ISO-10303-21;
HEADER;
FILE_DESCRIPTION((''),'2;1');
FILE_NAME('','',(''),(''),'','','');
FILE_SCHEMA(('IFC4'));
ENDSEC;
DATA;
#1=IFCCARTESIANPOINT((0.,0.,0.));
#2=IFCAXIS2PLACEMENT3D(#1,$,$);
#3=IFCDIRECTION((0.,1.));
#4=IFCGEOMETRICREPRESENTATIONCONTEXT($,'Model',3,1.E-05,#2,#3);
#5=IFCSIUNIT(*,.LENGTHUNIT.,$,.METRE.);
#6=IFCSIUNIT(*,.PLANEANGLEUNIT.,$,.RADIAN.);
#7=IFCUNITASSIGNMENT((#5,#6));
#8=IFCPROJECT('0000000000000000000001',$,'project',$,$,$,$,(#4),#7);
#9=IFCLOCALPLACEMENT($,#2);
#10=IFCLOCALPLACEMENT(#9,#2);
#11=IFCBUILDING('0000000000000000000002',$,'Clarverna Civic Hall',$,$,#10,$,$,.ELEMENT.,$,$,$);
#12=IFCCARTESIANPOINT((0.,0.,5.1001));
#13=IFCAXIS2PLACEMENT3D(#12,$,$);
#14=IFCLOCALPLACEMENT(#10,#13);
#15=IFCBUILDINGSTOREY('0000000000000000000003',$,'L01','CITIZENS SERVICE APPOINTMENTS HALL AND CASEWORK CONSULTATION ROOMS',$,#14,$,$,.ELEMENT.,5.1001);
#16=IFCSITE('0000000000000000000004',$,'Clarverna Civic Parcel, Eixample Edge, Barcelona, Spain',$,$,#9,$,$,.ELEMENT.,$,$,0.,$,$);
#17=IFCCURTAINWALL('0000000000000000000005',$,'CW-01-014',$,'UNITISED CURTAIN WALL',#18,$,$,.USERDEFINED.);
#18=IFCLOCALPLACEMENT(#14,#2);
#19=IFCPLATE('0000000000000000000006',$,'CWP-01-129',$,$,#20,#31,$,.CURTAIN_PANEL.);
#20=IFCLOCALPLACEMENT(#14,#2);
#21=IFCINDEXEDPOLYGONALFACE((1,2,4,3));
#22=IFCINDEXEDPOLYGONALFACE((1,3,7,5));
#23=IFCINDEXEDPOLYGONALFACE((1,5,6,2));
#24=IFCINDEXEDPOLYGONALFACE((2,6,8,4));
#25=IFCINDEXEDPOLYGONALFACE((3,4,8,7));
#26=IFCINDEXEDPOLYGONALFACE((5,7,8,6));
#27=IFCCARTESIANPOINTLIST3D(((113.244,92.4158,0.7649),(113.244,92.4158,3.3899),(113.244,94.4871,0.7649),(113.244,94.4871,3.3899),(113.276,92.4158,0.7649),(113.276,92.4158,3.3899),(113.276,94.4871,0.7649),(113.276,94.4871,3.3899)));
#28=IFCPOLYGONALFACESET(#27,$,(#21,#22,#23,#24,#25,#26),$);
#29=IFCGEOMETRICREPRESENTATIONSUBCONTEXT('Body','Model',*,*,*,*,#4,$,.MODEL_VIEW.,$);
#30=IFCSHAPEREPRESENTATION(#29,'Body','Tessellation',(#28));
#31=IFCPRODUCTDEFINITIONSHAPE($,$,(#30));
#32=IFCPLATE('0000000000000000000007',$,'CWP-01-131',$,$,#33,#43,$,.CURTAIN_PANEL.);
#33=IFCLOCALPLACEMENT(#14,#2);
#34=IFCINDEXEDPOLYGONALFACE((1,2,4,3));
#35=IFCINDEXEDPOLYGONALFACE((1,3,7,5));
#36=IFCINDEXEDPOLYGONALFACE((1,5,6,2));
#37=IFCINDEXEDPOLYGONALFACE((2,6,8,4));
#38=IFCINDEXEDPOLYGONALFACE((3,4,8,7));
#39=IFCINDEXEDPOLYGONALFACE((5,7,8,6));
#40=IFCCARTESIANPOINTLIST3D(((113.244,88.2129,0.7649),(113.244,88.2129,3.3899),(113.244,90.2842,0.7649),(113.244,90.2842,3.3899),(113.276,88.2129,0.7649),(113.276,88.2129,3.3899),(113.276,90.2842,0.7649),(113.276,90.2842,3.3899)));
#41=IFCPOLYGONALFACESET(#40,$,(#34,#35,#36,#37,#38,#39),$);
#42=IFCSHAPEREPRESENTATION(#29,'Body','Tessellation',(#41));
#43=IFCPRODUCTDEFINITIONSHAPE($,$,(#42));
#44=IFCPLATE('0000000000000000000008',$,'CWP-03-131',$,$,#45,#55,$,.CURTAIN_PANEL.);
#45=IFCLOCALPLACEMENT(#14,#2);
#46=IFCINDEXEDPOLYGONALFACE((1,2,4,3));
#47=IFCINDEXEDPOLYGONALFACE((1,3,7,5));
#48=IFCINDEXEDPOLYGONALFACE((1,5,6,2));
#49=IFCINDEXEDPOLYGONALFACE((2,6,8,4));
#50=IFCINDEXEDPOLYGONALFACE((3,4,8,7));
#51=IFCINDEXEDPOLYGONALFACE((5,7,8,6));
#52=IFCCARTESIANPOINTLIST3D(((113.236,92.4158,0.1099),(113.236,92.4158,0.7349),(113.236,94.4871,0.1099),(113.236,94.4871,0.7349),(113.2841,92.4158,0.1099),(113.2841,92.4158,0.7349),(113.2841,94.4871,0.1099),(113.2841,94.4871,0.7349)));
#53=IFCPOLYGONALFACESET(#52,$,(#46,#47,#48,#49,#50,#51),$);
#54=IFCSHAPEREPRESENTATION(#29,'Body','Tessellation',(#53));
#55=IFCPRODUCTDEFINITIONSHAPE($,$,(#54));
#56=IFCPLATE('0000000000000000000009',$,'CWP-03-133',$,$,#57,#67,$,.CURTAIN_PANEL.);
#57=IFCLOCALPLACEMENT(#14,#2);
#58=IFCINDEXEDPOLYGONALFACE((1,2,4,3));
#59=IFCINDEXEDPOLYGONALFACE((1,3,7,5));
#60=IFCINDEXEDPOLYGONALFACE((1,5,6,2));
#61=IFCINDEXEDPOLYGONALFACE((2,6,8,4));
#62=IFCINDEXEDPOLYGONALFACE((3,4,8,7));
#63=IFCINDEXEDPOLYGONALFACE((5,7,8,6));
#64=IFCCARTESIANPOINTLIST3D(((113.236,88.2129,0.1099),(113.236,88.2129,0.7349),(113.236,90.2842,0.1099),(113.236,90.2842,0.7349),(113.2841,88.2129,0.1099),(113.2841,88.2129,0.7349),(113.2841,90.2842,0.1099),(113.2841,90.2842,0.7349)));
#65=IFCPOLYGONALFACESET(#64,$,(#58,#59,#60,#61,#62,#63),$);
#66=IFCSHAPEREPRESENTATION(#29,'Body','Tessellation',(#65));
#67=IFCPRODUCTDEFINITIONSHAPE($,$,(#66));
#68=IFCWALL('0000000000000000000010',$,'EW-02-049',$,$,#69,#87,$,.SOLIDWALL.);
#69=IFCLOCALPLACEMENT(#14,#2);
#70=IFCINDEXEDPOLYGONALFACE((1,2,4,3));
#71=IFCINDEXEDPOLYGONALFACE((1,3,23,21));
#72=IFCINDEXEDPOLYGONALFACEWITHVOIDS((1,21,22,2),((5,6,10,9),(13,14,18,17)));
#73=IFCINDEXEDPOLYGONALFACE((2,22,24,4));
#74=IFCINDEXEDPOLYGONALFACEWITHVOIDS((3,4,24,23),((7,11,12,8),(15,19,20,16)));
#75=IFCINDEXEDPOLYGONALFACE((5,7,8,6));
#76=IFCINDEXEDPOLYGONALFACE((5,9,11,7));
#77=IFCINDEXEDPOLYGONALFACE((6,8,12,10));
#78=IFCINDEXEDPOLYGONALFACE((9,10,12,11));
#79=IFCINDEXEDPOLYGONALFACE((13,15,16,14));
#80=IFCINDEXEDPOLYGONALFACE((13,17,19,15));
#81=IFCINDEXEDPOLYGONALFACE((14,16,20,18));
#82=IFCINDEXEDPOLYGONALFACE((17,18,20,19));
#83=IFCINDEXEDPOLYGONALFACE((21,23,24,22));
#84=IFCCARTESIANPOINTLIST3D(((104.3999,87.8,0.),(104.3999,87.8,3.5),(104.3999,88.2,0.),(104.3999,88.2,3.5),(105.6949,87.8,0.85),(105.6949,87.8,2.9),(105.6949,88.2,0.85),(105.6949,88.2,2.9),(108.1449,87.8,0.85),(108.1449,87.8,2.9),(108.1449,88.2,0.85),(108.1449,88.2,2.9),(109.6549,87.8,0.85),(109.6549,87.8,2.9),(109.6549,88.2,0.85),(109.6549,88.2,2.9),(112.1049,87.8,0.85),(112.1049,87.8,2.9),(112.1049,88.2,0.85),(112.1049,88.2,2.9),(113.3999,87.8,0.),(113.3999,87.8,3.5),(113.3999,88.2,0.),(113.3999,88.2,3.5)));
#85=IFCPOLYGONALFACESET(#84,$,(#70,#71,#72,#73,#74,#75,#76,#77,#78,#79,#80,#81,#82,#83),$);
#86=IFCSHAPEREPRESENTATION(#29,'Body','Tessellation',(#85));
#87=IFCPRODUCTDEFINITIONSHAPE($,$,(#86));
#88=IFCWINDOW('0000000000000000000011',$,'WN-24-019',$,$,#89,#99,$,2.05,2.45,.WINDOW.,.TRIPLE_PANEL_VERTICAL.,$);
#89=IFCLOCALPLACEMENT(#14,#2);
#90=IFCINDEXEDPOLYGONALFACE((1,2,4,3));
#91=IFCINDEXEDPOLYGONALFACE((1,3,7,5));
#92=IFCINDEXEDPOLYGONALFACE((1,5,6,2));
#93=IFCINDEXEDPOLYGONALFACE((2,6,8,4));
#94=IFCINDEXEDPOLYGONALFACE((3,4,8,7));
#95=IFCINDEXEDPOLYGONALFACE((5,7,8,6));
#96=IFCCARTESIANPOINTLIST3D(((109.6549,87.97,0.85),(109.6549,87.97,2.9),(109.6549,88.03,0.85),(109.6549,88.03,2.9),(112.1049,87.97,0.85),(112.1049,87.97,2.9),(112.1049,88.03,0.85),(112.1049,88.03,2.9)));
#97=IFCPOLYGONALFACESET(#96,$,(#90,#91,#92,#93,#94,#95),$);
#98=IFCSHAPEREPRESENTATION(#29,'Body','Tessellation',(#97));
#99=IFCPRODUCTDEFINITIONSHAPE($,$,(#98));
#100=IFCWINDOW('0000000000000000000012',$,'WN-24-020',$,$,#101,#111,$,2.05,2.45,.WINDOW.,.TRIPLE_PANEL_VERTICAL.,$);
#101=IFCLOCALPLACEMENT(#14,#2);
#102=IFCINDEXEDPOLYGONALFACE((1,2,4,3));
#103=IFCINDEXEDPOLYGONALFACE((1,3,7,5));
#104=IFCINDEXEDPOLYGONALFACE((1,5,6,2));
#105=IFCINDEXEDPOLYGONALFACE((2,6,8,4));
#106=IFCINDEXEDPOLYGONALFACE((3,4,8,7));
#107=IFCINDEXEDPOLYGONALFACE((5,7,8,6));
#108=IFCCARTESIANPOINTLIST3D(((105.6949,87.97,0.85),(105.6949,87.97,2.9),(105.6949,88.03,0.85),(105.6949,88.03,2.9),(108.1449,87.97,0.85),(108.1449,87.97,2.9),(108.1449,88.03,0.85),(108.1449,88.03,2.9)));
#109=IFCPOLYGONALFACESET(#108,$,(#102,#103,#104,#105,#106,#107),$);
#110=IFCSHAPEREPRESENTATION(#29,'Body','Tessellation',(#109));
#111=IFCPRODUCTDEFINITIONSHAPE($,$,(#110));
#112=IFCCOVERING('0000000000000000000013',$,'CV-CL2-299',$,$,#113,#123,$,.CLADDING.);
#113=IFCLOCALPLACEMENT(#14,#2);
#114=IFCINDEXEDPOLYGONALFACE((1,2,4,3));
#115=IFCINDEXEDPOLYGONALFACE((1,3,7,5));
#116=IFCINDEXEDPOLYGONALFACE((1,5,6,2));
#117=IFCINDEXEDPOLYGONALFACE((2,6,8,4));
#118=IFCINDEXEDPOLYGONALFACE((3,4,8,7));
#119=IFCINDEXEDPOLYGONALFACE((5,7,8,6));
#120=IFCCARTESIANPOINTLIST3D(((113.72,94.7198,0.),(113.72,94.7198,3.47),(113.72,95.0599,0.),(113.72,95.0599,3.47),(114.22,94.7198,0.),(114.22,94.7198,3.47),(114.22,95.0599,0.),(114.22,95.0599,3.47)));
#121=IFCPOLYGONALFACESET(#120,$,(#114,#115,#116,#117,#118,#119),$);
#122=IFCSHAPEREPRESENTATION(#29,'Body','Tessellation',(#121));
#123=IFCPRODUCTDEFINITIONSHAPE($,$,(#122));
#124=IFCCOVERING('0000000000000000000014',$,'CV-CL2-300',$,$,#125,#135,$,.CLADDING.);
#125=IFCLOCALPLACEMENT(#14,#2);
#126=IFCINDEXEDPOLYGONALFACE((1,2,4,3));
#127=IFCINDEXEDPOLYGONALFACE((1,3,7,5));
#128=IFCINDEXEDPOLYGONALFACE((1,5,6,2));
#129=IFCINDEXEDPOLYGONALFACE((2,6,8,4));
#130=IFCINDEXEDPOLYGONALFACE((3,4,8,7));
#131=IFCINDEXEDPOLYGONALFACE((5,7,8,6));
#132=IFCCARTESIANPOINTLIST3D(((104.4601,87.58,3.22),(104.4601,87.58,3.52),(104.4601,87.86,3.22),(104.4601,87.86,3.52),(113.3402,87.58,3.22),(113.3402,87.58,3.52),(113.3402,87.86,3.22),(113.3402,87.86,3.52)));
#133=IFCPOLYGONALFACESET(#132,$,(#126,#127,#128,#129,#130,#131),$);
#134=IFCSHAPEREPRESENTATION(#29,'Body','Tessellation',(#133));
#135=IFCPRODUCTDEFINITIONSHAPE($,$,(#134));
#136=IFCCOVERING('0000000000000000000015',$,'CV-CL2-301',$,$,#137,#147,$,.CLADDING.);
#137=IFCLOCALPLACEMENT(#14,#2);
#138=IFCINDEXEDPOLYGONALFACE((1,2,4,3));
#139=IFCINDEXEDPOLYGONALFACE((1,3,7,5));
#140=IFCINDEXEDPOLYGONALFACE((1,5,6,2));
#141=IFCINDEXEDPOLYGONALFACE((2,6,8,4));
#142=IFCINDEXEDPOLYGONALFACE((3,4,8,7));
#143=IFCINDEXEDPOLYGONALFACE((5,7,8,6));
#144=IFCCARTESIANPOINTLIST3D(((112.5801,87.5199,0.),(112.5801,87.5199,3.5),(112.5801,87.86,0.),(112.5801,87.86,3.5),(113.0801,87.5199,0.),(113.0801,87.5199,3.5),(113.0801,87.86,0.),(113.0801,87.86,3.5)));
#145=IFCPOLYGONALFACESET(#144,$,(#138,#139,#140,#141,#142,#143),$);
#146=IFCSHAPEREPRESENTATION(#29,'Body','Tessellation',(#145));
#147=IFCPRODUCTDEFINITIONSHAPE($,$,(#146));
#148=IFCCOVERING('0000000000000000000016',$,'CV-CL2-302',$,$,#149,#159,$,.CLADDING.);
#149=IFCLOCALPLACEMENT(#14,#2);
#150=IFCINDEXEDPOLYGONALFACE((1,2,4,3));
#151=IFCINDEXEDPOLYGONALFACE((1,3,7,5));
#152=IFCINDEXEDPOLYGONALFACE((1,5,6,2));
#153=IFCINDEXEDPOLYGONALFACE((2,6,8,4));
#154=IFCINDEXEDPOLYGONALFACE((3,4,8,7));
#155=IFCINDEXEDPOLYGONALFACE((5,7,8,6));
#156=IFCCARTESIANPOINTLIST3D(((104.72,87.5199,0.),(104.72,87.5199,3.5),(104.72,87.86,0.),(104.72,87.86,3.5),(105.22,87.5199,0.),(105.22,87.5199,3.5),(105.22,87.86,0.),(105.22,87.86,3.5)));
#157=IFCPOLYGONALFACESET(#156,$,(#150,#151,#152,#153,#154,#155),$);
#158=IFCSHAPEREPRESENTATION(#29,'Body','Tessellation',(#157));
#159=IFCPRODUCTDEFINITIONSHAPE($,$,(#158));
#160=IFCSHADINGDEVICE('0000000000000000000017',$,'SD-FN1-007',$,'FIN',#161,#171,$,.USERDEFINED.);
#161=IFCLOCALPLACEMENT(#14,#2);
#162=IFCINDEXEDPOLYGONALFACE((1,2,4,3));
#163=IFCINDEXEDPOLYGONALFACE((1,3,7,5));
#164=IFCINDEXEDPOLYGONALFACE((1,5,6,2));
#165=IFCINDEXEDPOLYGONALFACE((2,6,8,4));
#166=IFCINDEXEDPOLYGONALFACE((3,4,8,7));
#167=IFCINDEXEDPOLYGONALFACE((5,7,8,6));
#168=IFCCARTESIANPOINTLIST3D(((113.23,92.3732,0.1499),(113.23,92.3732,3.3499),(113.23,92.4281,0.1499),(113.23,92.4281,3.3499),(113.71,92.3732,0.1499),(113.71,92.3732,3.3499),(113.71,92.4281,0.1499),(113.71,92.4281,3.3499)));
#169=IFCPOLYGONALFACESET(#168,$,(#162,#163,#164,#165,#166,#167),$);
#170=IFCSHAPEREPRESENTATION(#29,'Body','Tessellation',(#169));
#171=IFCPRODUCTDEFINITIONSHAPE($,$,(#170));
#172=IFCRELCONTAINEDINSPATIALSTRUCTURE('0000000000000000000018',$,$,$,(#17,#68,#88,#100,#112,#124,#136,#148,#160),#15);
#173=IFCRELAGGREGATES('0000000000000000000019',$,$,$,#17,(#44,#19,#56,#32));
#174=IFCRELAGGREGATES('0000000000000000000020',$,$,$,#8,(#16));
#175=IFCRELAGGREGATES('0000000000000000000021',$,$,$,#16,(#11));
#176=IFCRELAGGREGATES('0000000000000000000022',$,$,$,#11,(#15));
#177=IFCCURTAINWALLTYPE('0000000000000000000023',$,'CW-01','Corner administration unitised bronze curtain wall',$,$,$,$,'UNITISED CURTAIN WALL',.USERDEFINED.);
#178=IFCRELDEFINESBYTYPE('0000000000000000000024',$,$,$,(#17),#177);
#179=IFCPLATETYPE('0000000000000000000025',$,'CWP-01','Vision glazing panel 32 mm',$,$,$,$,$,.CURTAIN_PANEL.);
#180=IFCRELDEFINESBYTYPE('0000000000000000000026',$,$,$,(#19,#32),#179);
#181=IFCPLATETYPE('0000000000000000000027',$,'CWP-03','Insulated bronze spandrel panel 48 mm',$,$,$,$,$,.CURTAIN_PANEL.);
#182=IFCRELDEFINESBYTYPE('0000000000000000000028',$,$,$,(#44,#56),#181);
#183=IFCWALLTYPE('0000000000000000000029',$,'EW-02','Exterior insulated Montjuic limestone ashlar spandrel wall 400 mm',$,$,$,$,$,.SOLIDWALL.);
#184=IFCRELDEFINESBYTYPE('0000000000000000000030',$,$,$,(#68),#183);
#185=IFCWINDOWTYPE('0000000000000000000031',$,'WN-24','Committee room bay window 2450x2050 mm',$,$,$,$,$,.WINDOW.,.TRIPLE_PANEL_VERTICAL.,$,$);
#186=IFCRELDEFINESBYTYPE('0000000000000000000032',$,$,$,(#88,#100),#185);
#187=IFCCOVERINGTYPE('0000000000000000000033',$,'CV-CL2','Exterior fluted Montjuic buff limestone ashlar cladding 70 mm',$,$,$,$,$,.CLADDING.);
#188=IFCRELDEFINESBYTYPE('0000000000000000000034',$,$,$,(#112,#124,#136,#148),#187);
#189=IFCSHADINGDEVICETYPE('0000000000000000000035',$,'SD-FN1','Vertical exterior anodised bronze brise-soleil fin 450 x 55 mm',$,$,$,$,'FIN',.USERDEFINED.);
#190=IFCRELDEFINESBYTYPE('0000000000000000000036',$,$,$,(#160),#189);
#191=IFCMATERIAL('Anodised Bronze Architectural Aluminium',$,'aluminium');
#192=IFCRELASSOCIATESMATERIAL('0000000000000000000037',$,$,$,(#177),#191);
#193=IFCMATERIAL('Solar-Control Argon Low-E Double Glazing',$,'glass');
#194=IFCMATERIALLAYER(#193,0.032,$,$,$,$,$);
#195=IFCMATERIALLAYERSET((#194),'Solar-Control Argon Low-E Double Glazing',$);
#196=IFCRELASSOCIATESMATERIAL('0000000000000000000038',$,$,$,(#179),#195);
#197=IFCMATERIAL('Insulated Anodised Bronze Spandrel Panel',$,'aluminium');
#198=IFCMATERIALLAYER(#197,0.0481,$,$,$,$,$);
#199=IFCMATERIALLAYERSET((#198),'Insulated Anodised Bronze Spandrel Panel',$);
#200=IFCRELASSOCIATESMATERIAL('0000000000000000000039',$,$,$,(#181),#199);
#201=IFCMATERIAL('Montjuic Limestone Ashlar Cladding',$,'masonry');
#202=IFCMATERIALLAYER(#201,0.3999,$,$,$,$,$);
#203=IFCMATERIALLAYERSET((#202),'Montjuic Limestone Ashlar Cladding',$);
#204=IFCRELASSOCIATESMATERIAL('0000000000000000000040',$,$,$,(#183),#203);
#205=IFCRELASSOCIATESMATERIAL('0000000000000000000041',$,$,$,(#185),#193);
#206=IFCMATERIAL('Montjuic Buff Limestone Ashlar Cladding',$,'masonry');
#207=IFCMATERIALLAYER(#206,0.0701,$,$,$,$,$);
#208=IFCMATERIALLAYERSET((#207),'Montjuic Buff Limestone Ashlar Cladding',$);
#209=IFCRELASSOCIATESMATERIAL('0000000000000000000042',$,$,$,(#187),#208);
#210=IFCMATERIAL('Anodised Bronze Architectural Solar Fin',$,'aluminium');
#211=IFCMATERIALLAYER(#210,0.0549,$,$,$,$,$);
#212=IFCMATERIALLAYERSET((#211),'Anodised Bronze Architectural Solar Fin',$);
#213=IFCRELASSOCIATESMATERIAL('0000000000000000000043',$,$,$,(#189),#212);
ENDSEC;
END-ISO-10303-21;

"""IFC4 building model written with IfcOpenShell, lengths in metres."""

from ifc_helpers import new_model, si_unit, direction, frame, frame_2d, origin, place, context, subcontext, project, spatial, rectangle, extrude, material, layer, layer_set, type_object, element, fill, aggregate, save


model = new_model("IFC4")

# Units and contexts
model_context = context("Model", 3, precision=1e-05, world=origin(), true_north=direction((0.0, 1.0)))
body_context = subcontext(model_context, "Body", "Model", "MODEL_VIEW")
ifc_project = project(units=[si_unit("LENGTHUNIT", "METRE"), si_unit("PLANEANGLEUNIT", "RADIAN")], contexts=[model_context])

# Site, building, storey
site_placement = place(None, origin())
site = spatial("IfcSite", under=ifc_project, at=site_placement, Name="Clarverna Civic Parcel, Eixample Edge, Barcelona, Spain", CompositionType="ELEMENT", RefElevation=0.0)
building_placement = place(site_placement, origin())
building = spatial("IfcBuilding", under=site, at=building_placement, Name="Clarverna Civic Hall", CompositionType="ELEMENT")
storey_placement = place(building_placement, frame((0.0, 0.0, 5.1001)))
storey = spatial("IfcBuildingStorey", under=building, at=storey_placement, Name="L01", Description="CITIZENS SERVICE APPOINTMENTS HALL AND CASEWORK CONSULTATION ROOMS", CompositionType="ELEMENT", Elevation=5.1001)

# Curtain wall
ifc_material_1 = material(Name="Anodised Bronze Architectural Aluminium", Category="aluminium")
curtain_wall_type = type_object("IfcCurtainWallType", Name="CW-01", Description="Corner administration unitised bronze curtain wall", ElementType="UNITISED CURTAIN WALL", PredefinedType="USERDEFINED", material=ifc_material_1)
curtain_wall_placement = place(storey_placement, origin())
curtain_wall = element("IfcCurtainWall", 1, at=curtain_wall_placement, inside=storey, type_object=curtain_wall_type, Name="CW-01-014", ObjectType="UNITISED CURTAIN WALL", PredefinedType="USERDEFINED")

# Plates
ifc_material_2 = material(Name="Solar-Control Argon Low-E Double Glazing", Category="glass")
ifc_layer_1 = layer(ifc_material_2, 0.032)
ifc_layer_set_1 = layer_set([ifc_layer_1], Name="Solar-Control Argon Low-E Double Glazing")
plate_type_1 = type_object("IfcPlateType", Name="CWP-01", Description="Vision glazing panel 32 mm", PredefinedType="CURTAIN_PANEL", material=ifc_layer_set_1)
plate_1_placement = place(storey_placement, frame((113.26, 94.4871, 0.7649), z_axis=(0.0, 0.0, 1.0), x_axis=(0.0, -1.0, 0.0)))
plate_1 = element("IfcPlate", 2, at=plate_1_placement, type_object=plate_type_1, Name="CWP-01-129", PredefinedType="CURTAIN_PANEL", context=body_context, shape_type="SweptSolid", body=[
    extrude(rectangle(XDim=2.0713, YDim=0.032, at=frame_2d((1.0356, 0.0))), origin(), (0.0, 0.0, 1.0), 2.625),
])
plate_2_placement = place(storey_placement, frame((113.26, 90.2842, 0.7649), z_axis=(0.0, 0.0, 1.0), x_axis=(0.0, -1.0, 0.0)))
plate_2 = element("IfcPlate", 3, at=plate_2_placement, type_object=plate_type_1, Name="CWP-01-131", PredefinedType="CURTAIN_PANEL", context=body_context, shape_type="SweptSolid", body=[
    extrude(rectangle(XDim=2.0713, YDim=0.032, at=frame_2d((1.0356, 0.0))), origin(), (0.0, 0.0, 1.0), 2.625),
])
ifc_material_3 = material(Name="Insulated Anodised Bronze Spandrel Panel", Category="aluminium")
ifc_layer_2 = layer(ifc_material_3, 0.0481)
ifc_layer_set_2 = layer_set([ifc_layer_2], Name="Insulated Anodised Bronze Spandrel Panel")
plate_type_2 = type_object("IfcPlateType", Name="CWP-03", Description="Insulated bronze spandrel panel 48 mm", PredefinedType="CURTAIN_PANEL", material=ifc_layer_set_2)
plate_3_placement = place(storey_placement, frame((113.26, 94.4871, 0.1099), z_axis=(0.0, 0.0, 1.0), x_axis=(0.0, -1.0, 0.0)))
plate_3 = element("IfcPlate", 4, at=plate_3_placement, type_object=plate_type_2, Name="CWP-03-131", PredefinedType="CURTAIN_PANEL", context=body_context, shape_type="SweptSolid", body=[
    extrude(rectangle(XDim=2.0713, YDim=0.0481, at=frame_2d((1.0356, 0.0))), origin(), (0.0, 0.0, 1.0), 0.625),
])
plate_4_placement = place(storey_placement, frame((113.26, 90.2842, 0.1099), z_axis=(0.0, 0.0, 1.0), x_axis=(0.0, -1.0, 0.0)))
plate_4 = element("IfcPlate", 5, at=plate_4_placement, type_object=plate_type_2, Name="CWP-03-133", PredefinedType="CURTAIN_PANEL", context=body_context, shape_type="SweptSolid", body=[
    extrude(rectangle(XDim=2.0713, YDim=0.0481, at=frame_2d((1.0356, 0.0))), origin(), (0.0, 0.0, 1.0), 0.625),
])
aggregate(curtain_wall, [plate_3, plate_1, plate_4, plate_2])

# Wall, openings, windows
ifc_material_4 = material(Name="Montjuic Limestone Ashlar Cladding", Category="masonry")
ifc_layer_3 = layer(ifc_material_4, 0.3999)
ifc_layer_set_3 = layer_set([ifc_layer_3], Name="Montjuic Limestone Ashlar Cladding")
wall_type = type_object("IfcWallType", Name="EW-02", Description="Exterior insulated Montjuic limestone ashlar spandrel wall 400 mm", PredefinedType="SOLIDWALL", material=ifc_layer_set_3)
wall_placement = place(storey_placement, frame((113.3999, 88.0, 0.0), z_axis=(0.0, 0.0, 1.0), x_axis=(-1.0, 0.0, 0.0)))
wall = element("IfcWall", 6, at=wall_placement, inside=storey, type_object=wall_type, Name="EW-02-049", PredefinedType="SOLIDWALL", context=body_context, shape_type="SweptSolid", body=[
    extrude(rectangle(XDim=9.0, YDim=0.3999, at=frame_2d((4.5, 0.0))), origin(), (0.0, 0.0, 1.0), 3.5),
])
opening_1_placement = place(wall_placement, frame((1.2949, 0.0, 0.8501)))
opening_1 = element("IfcOpeningElement", 7, at=opening_1_placement, cuts=wall, PredefinedType="OPENING", context=body_context, shape_type="SweptSolid", body=[
    extrude(rectangle(XDim=2.45, YDim=2.05, at=frame_2d((1.2251, 1.0249))), frame((0.0, 0.21, 0.0), z_axis=(0.0, -1.0, 0.0), x_axis=(1.0, 0.0, 0.0)), (0.0, 0.0, 1.0), 0.4199),
])
opening_2_placement = place(wall_placement, frame((5.2549, 0.0, 0.8501)))
opening_2 = element("IfcOpeningElement", 8, at=opening_2_placement, cuts=wall, PredefinedType="OPENING", context=body_context, shape_type="SweptSolid", body=[
    extrude(rectangle(XDim=2.45, YDim=2.05, at=frame_2d((1.2251, 1.0249))), frame((0.0, 0.21, 0.0), z_axis=(0.0, -1.0, 0.0), x_axis=(1.0, 0.0, 0.0)), (0.0, 0.0, 1.0), 0.4199),
])
window_type = type_object("IfcWindowType", Name="WN-24", Description="Committee room bay window 2450x2050 mm", PartitioningType="TRIPLE_PANEL_VERTICAL", PredefinedType="WINDOW", material=ifc_material_2)
window_1_placement = place(opening_1_placement, origin())
window_1 = element("IfcWindow", 9, at=window_1_placement, inside=storey, type_object=window_type, Name="WN-24-019", OverallHeight=2.05, OverallWidth=2.45, PartitioningType="TRIPLE_PANEL_VERTICAL", PredefinedType="WINDOW", context=body_context, shape_type="SweptSolid", body=[
    extrude(rectangle(XDim=2.45, YDim=2.05, at=frame_2d((1.2251, 1.0249))), frame((0.0, 0.03, 0.0), z_axis=(0.0, -1.0, 0.0), x_axis=(1.0, 0.0, 0.0)), (0.0, 0.0, 1.0), 0.0601),
])
fill(opening_1, window_1)
window_2_placement = place(opening_2_placement, origin())
window_2 = element("IfcWindow", 10, at=window_2_placement, inside=storey, type_object=window_type, Name="WN-24-020", OverallHeight=2.05, OverallWidth=2.45, PartitioningType="TRIPLE_PANEL_VERTICAL", PredefinedType="WINDOW", context=body_context, shape_type="SweptSolid", body=[
    extrude(rectangle(XDim=2.45, YDim=2.05, at=frame_2d((1.2251, 1.0249))), frame((0.0, 0.03, 0.0), z_axis=(0.0, -1.0, 0.0), x_axis=(1.0, 0.0, 0.0)), (0.0, 0.0, 1.0), 0.0601),
])
fill(opening_2, window_2)

# Coverings
ifc_material_5 = material(Name="Montjuic Buff Limestone Ashlar Cladding", Category="masonry")
ifc_layer_4 = layer(ifc_material_5, 0.0701)
ifc_layer_set_4 = layer_set([ifc_layer_4], Name="Montjuic Buff Limestone Ashlar Cladding")
covering_type = type_object("IfcCoveringType", Name="CV-CL2", Description="Exterior fluted Montjuic buff limestone ashlar cladding 70 mm", PredefinedType="CLADDING", material=ifc_layer_set_4)
covering_1_placement = place(storey_placement, frame((114.22, 94.8899, 0.0), z_axis=(0.0, 0.0, 1.0), x_axis=(-1.0, 0.0, 0.0)))
element("IfcCovering", 11, at=covering_1_placement, inside=storey, type_object=covering_type, Name="CV-CL2-299", PredefinedType="CLADDING", context=body_context, shape_type="SweptSolid", body=[
    extrude(rectangle(XDim=0.5, YDim=0.3401, at=frame_2d((0.25, 0.0))), origin(), (0.0, 0.0, 1.0), 3.47),
])
covering_2_placement = place(storey_placement, frame((113.3401, 87.72, 3.22), z_axis=(0.0, 0.0, 1.0), x_axis=(-1.0, 0.0, 0.0)))
element("IfcCovering", 12, at=covering_2_placement, inside=storey, type_object=covering_type, Name="CV-CL2-300", PredefinedType="CLADDING", context=body_context, shape_type="SweptSolid", body=[
    extrude(rectangle(XDim=8.8801, YDim=0.28, at=frame_2d((4.4399, 0.0))), origin(), (0.0, 0.0, 1.0), 0.3),
])
for number, where, z_axis, x_axis, name in (
    (13, (113.0801, 87.6899, 0.0), (0.0, 0.0, 1.0), (-1.0, 0.0, 0.0), "CV-CL2-301"),
    (14, (105.22, 87.6899, 0.0), (0.0, 0.0, 1.0), (-1.0, 0.0, 0.0), "CV-CL2-302"),
):
    element("IfcCovering", number, at=place(storey_placement, frame(where, z_axis=z_axis, x_axis=x_axis)), inside=storey, type_object=covering_type, Name=name, PredefinedType="CLADDING", context=body_context, shape_type="SweptSolid", body=[
        extrude(rectangle(XDim=0.5, YDim=0.3401, at=frame_2d((0.25, 0.0))), origin(), (0.0, 0.0, 1.0), 3.5),
    ])

# Shading device
ifc_material_6 = material(Name="Anodised Bronze Architectural Solar Fin", Category="aluminium")
ifc_layer_5 = layer(ifc_material_6, 0.0549)
ifc_layer_set_5 = layer_set([ifc_layer_5], Name="Anodised Bronze Architectural Solar Fin")
shading_device_type = type_object("IfcShadingDeviceType", Name="SD-FN1", Description="Vertical exterior anodised bronze brise-soleil fin 450 x 55 mm", ElementType="FIN", PredefinedType="USERDEFINED", material=ifc_layer_set_5)
shading_device_placement = place(storey_placement, frame((113.23, 92.4006, 0.1499), z_axis=(0.0, 0.0, 1.0), x_axis=(1.0, 0.0, 0.0)))
element("IfcShadingDevice", 15, at=shading_device_placement, inside=storey, type_object=shading_device_type, Name="SD-FN1-007", ObjectType="FIN", PredefinedType="USERDEFINED", context=body_context, shape_type="SweptSolid", body=[
    extrude(rectangle(XDim=0.48, YDim=0.0549, at=frame_2d((0.24, 0.0))), origin(), (0.0, 0.0, 1.0), 3.2),
])

save(model, "model.ifc")
